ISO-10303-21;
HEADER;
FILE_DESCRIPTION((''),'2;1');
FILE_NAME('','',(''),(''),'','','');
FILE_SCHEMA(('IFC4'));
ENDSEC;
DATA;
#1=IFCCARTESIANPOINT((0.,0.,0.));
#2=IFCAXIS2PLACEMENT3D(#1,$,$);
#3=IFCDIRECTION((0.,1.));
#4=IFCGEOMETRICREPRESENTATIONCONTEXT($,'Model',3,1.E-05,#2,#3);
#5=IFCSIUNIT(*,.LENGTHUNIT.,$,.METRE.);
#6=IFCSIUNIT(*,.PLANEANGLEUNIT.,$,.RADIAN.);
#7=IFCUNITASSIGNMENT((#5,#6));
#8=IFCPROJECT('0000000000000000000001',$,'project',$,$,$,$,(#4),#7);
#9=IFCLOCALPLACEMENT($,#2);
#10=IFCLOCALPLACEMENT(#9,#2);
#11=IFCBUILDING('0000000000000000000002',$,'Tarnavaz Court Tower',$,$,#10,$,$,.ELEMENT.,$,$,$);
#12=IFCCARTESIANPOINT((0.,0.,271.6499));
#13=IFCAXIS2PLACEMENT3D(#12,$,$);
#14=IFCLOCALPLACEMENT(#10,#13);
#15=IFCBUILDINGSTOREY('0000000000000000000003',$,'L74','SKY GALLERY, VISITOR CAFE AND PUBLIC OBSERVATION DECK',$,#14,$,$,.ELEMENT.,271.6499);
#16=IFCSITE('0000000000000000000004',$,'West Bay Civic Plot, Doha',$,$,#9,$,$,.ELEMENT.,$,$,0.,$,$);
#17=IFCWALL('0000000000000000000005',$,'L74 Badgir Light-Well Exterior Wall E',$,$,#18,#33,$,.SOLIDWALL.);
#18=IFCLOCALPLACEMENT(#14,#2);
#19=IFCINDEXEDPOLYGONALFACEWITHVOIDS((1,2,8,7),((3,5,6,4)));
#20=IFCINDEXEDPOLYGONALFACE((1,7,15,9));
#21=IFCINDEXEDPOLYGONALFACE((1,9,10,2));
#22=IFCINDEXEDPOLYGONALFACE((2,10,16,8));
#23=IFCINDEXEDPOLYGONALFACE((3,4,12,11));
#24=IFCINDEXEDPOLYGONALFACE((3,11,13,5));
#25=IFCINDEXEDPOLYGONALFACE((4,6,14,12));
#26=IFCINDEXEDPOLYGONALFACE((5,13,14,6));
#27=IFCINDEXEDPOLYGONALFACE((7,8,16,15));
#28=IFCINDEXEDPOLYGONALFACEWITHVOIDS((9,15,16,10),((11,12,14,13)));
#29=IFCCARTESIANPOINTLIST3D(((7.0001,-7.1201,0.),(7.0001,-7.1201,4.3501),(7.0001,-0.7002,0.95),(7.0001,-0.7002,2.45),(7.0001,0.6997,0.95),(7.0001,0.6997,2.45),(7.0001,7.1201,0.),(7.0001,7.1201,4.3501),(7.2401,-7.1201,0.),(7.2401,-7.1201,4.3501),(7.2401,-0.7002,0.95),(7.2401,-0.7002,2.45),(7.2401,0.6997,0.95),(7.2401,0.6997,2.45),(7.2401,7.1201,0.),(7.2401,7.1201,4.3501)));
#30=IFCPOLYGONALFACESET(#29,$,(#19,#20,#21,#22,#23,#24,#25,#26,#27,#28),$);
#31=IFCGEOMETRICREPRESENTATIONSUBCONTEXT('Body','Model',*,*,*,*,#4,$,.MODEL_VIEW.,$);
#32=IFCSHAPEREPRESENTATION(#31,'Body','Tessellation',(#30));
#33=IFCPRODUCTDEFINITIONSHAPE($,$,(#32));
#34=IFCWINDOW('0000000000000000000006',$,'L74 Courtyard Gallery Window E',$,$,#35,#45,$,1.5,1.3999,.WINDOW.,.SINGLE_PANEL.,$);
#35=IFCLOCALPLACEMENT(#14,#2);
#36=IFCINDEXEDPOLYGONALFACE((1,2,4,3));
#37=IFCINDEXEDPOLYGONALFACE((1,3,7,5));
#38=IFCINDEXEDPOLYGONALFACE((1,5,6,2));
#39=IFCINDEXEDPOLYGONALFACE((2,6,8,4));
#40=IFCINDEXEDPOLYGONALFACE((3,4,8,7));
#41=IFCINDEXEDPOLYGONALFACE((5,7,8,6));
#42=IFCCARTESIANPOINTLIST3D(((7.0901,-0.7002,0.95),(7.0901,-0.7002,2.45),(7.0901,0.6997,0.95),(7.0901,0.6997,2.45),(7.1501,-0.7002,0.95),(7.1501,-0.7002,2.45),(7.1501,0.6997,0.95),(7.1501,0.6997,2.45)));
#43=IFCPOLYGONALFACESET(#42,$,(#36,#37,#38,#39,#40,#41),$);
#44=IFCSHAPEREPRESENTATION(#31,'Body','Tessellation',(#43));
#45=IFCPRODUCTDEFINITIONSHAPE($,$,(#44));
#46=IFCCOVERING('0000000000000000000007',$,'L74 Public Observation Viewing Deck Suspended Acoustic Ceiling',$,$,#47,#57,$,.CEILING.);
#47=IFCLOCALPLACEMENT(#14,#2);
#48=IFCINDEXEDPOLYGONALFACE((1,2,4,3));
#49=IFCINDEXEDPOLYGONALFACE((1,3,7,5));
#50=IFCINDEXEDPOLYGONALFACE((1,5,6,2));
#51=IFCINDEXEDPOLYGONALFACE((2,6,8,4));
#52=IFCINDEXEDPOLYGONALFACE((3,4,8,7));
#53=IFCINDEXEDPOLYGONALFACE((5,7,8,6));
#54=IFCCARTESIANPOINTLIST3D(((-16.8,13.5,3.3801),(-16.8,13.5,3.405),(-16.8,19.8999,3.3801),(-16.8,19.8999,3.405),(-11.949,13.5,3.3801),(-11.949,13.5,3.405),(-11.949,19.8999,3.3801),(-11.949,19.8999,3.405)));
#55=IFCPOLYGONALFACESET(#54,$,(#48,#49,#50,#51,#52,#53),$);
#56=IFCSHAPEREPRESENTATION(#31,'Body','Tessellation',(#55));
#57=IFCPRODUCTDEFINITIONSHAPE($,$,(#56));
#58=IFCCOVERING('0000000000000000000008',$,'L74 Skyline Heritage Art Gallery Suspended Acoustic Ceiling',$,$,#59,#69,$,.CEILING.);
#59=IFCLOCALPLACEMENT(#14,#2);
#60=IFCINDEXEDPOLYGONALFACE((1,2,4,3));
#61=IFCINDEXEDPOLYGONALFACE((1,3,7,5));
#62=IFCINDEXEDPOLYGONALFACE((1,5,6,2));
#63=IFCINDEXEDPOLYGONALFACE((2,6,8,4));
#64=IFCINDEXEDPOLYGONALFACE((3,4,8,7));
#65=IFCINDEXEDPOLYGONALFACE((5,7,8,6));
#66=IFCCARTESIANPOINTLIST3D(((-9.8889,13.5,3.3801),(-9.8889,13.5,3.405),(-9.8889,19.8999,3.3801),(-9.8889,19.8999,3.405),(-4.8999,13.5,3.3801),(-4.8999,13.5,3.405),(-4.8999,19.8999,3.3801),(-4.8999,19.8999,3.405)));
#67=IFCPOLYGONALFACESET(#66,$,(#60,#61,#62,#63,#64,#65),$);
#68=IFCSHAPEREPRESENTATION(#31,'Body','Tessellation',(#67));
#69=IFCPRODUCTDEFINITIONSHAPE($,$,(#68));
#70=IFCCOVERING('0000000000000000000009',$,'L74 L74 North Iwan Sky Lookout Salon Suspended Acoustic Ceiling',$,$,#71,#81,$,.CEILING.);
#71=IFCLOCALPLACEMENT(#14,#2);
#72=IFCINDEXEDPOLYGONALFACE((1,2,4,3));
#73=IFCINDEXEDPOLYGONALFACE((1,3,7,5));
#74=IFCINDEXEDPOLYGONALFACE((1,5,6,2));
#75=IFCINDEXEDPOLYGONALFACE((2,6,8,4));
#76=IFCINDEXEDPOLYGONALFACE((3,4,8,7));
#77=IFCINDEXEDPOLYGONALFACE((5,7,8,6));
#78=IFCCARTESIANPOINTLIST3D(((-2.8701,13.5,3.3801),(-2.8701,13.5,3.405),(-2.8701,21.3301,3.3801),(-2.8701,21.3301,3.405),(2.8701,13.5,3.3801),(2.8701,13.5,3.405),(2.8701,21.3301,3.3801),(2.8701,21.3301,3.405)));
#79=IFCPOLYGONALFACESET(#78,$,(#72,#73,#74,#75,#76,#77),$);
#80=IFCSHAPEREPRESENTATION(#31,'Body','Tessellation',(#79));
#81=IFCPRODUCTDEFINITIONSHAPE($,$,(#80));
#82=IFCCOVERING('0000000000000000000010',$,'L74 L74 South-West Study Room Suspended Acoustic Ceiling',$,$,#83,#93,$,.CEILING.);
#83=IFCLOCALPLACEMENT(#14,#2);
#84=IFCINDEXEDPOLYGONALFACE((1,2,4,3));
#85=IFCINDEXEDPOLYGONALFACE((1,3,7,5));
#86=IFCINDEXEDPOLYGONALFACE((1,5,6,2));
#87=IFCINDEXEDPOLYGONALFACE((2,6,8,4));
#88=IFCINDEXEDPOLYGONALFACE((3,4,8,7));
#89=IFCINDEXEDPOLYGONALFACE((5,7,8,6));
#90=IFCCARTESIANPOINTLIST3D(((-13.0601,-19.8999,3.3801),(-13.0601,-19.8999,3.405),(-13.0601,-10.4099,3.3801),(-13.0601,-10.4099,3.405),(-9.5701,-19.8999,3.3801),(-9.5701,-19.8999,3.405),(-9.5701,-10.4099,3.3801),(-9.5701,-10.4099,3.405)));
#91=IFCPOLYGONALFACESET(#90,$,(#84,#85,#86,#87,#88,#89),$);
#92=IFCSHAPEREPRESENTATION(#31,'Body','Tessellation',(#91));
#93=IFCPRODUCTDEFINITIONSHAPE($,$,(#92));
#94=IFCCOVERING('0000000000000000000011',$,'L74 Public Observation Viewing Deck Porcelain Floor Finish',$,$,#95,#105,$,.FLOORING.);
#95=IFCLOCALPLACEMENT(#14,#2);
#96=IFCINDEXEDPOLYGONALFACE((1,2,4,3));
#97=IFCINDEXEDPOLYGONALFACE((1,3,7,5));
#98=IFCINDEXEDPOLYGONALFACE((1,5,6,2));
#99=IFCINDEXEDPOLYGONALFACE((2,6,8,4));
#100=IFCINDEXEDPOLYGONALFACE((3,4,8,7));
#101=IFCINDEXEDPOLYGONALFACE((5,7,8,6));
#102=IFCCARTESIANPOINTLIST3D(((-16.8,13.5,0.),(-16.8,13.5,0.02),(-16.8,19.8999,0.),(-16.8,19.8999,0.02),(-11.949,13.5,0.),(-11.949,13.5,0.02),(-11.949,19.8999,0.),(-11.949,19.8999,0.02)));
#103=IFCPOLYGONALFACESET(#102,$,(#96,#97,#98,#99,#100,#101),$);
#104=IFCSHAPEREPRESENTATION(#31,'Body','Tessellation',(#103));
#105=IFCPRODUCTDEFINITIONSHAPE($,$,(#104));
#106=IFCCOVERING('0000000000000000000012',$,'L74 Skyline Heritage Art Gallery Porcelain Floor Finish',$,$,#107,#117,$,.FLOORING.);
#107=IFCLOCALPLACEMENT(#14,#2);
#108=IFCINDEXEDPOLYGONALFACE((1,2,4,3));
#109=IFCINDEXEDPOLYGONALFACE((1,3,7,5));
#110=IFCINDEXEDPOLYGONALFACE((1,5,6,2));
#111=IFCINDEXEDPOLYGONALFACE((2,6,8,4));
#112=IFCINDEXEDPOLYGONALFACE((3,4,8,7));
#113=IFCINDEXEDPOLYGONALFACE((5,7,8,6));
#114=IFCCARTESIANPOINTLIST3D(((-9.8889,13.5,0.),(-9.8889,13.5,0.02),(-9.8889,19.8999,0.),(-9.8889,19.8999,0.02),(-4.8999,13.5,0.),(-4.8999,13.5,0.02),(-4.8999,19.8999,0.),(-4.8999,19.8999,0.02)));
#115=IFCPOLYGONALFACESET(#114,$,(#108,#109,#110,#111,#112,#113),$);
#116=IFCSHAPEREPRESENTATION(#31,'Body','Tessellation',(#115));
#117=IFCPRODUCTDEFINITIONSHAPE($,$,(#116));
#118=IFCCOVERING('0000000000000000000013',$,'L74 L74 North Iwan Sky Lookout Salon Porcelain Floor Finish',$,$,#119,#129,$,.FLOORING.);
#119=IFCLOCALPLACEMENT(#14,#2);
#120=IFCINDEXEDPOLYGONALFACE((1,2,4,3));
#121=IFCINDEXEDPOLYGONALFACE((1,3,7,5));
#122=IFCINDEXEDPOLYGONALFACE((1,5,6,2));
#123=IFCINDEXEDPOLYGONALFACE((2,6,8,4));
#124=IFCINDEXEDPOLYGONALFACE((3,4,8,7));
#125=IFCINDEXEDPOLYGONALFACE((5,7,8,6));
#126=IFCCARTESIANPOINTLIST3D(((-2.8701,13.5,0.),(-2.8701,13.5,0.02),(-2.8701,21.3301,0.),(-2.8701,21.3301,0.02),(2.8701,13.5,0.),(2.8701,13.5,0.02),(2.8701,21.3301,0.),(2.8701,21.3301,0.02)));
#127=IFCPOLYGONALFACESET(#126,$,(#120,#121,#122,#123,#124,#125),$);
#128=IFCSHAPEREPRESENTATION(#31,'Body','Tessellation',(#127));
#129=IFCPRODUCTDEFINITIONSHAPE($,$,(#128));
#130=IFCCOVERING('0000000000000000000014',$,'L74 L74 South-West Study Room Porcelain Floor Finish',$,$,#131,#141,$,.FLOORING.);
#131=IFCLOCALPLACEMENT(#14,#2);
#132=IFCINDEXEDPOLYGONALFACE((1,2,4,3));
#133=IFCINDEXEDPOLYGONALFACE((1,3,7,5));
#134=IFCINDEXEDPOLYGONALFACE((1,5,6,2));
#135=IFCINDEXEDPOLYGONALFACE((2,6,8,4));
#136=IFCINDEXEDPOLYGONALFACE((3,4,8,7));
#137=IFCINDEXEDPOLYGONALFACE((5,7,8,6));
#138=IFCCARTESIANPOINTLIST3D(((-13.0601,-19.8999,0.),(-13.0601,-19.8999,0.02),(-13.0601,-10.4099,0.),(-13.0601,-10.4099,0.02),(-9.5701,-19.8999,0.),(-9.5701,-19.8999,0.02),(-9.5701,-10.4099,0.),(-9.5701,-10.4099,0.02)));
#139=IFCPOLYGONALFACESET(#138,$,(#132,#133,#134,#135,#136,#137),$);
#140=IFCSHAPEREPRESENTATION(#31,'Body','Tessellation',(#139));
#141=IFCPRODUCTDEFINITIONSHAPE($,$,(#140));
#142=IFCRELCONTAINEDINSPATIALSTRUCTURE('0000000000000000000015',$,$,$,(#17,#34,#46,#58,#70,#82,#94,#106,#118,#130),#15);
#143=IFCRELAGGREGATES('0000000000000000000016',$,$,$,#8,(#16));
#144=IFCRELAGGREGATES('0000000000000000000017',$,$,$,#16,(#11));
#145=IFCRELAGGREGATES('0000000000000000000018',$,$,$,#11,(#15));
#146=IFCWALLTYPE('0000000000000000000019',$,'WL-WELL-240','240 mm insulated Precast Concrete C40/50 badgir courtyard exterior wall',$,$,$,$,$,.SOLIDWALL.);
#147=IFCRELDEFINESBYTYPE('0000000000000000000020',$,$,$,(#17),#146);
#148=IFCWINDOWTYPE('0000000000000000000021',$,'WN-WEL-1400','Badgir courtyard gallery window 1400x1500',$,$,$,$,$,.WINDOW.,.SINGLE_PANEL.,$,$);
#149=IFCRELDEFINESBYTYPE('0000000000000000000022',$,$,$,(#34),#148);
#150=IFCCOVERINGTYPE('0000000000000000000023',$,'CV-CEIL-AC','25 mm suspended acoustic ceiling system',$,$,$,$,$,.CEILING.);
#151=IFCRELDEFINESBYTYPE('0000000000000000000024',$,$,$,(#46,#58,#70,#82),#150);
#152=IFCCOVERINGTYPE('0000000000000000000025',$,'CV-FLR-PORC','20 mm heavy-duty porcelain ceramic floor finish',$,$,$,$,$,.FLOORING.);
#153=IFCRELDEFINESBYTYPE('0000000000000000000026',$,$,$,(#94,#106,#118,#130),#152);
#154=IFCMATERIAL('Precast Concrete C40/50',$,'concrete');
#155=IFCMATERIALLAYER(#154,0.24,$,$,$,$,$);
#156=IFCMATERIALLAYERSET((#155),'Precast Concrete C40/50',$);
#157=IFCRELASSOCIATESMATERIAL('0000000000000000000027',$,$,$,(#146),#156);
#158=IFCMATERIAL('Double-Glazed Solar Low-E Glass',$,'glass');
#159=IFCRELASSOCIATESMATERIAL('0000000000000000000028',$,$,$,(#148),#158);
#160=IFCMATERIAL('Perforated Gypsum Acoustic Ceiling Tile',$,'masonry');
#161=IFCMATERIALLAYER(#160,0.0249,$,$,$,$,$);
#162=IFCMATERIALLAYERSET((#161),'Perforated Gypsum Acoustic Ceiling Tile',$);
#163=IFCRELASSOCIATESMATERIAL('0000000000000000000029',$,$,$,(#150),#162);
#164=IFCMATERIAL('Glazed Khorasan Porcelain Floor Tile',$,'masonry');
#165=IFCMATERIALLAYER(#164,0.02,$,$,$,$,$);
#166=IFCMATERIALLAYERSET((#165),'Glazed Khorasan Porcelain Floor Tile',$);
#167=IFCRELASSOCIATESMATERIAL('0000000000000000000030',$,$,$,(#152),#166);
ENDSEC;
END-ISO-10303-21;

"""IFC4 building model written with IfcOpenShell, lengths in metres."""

from ifc_helpers import new_model, si_unit, direction, frame, frame_2d, origin, place, context, subcontext, project, spatial, polyline, rectangle, outline, extrude, material, layer, layer_set, type_object, element, fill, save


model = new_model("IFC4")

# Units and contexts
model_context = context("Model", 3, precision=1e-05, world=origin(), true_north=direction((0.0, 1.0)))
body_context = subcontext(model_context, "Body", "Model", "MODEL_VIEW")
ifc_project = project(units=[si_unit("LENGTHUNIT", "METRE"), si_unit("PLANEANGLEUNIT", "RADIAN")], contexts=[model_context])

# Site, building, storey
site_placement = place(None, origin())
site = spatial("IfcSite", under=ifc_project, at=site_placement, Name="West Bay Civic Plot, Doha", CompositionType="ELEMENT", RefElevation=0.0)
building_placement = place(site_placement, origin())
building = spatial("IfcBuilding", under=site, at=building_placement, Name="Tarnavaz Court Tower", CompositionType="ELEMENT")
storey_placement = place(building_placement, frame((0.0, 0.0, 271.6499)))
storey = spatial("IfcBuildingStorey", under=building, at=storey_placement, Name="L74", Description="SKY GALLERY, VISITOR CAFE AND PUBLIC OBSERVATION DECK", CompositionType="ELEMENT", Elevation=271.6499)

# Wall, opening, window
ifc_material_1 = material(Name="Precast Concrete C40/50", Category="concrete")
ifc_layer_1 = layer(ifc_material_1, 0.24)
ifc_layer_set_1 = layer_set([ifc_layer_1], Name="Precast Concrete C40/50")
wall_type_1 = type_object("IfcWallType", Name="WL-WELL-240", Description="240 mm insulated Precast Concrete C40/50 badgir courtyard exterior wall", PredefinedType="SOLIDWALL", material=ifc_layer_set_1)
wall_1_placement = place(storey_placement, frame((7.1201, -7.1201, 0.0), z_axis=(0.0, 0.0, 1.0), x_axis=(0.0, 1.0, 0.0)))
wall_1 = element("IfcWall", 1, at=wall_1_placement, inside=storey, type_object=wall_type_1, Name="L74 Badgir Light-Well Exterior Wall E", PredefinedType="SOLIDWALL", context=body_context, shape_type="SweptSolid", body=[
    extrude(rectangle(XDim=14.2402, YDim=0.24, at=frame_2d((7.1201, 0.0))), origin(), (0.0, 0.0, 1.0), 4.3501),
])
opening_1_placement = place(wall_1_placement, frame((6.4199, 0.0, 0.95)))
opening_1 = element("IfcOpeningElement", 2, at=opening_1_placement, cuts=wall_1, PredefinedType="OPENING", context=body_context, shape_type="SweptSolid", body=[
    extrude(rectangle(XDim=1.3999, YDim=1.5, at=frame_2d((0.7, 0.75))), frame((0.0, 0.1299, 0.0), z_axis=(0.0, -1.0, 0.0), x_axis=(1.0, 0.0, 0.0)), (0.0, 0.0, 1.0), 0.26),
])
ifc_material_2 = material(Name="Double-Glazed Solar Low-E Glass", Category="glass")
window_type = type_object("IfcWindowType", Name="WN-WEL-1400", Description="Badgir courtyard gallery window 1400x1500", PartitioningType="SINGLE_PANEL", PredefinedType="WINDOW", material=ifc_material_2)
window_placement = place(opening_1_placement, origin())
window = element("IfcWindow", 3, at=window_placement, inside=storey, type_object=window_type, Name="L74 Courtyard Gallery Window E", OverallHeight=1.5, OverallWidth=1.3999, PartitioningType="SINGLE_PANEL", PredefinedType="WINDOW", context=body_context, shape_type="SweptSolid", body=[
    extrude(rectangle(XDim=1.3999, YDim=1.5, at=frame_2d((0.7, 0.75))), frame((0.0, 0.03, 0.0), z_axis=(0.0, -1.0, 0.0), x_axis=(1.0, 0.0, 0.0)), (0.0, 0.0, 1.0), 0.0601),
])
fill(opening_1, window)

# Coverings
ifc_material_3 = material(Name="Perforated Gypsum Acoustic Ceiling Tile", Category="masonry")
ifc_layer_2 = layer(ifc_material_3, 0.0249)
ifc_layer_set_2 = layer_set([ifc_layer_2], Name="Perforated Gypsum Acoustic Ceiling Tile")
covering_type_1 = type_object("IfcCoveringType", Name="CV-CEIL-AC", Description="25 mm suspended acoustic ceiling system", PredefinedType="CEILING", material=ifc_layer_set_2)
covering_1_placement = place(storey_placement, frame((0.0, 0.0, 3.3801)))
element("IfcCovering", 4, at=covering_1_placement, inside=storey, type_object=covering_type_1, Name="L74 Public Observation Viewing Deck Suspended Acoustic Ceiling", PredefinedType="CEILING", context=body_context, shape_type="SweptSolid", body=[
    extrude(outline(polyline([(-16.8, 13.5), (-11.949, 13.5), (-11.949, 19.8999), (-16.8, 19.8999), (-16.8, 13.5)])), origin(), (0.0, 0.0, 1.0), 0.0249),
])
covering_2_placement = place(storey_placement, frame((0.0, 0.0, 3.3801)))
element("IfcCovering", 5, at=covering_2_placement, inside=storey, type_object=covering_type_1, Name="L74 Skyline Heritage Art Gallery Suspended Acoustic Ceiling", PredefinedType="CEILING", context=body_context, shape_type="SweptSolid", body=[
    extrude(outline(polyline([(-9.8889, 13.5), (-4.8999, 13.5), (-4.8999, 19.8999), (-9.8889, 19.8999), (-9.8889, 13.5)])), origin(), (0.0, 0.0, 1.0), 0.0249),
])
covering_3_placement = place(storey_placement, frame((0.0, 0.0, 3.3801)))
element("IfcCovering", 6, at=covering_3_placement, inside=storey, type_object=covering_type_1, Name="L74 L74 North Iwan Sky Lookout Salon Suspended Acoustic Ceiling", PredefinedType="CEILING", context=body_context, shape_type="SweptSolid", body=[
    extrude(outline(polyline([(-2.8701, 13.5), (2.8701, 13.5), (2.8701, 21.3301), (-2.8701, 21.3301), (-2.8701, 13.5)])), origin(), (0.0, 0.0, 1.0), 0.0249),
])
covering_4_placement = place(storey_placement, frame((0.0, 0.0, 3.3801)))
element("IfcCovering", 7, at=covering_4_placement, inside=storey, type_object=covering_type_1, Name="L74 L74 South-West Study Room Suspended Acoustic Ceiling", PredefinedType="CEILING", context=body_context, shape_type="SweptSolid", body=[
    extrude(outline(polyline([(-13.0601, -19.8999), (-9.5701, -19.8999), (-9.5701, -10.4099), (-13.0601, -10.4099), (-13.0601, -19.8999)])), origin(), (0.0, 0.0, 1.0), 0.0249),
])
ifc_material_4 = material(Name="Glazed Khorasan Porcelain Floor Tile", Category="masonry")
ifc_layer_3 = layer(ifc_material_4, 0.02)
ifc_layer_set_3 = layer_set([ifc_layer_3], Name="Glazed Khorasan Porcelain Floor Tile")
covering_type_2 = type_object("IfcCoveringType", Name="CV-FLR-PORC", Description="20 mm heavy-duty porcelain ceramic floor finish", PredefinedType="FLOORING", material=ifc_layer_set_3)
covering_5_placement = place(storey_placement, origin())
element("IfcCovering", 8, at=covering_5_placement, inside=storey, type_object=covering_type_2, Name="L74 Public Observation Viewing Deck Porcelain Floor Finish", PredefinedType="FLOORING", context=body_context, shape_type="SweptSolid", body=[
    extrude(outline(polyline([(-16.8, 13.5), (-11.949, 13.5), (-11.949, 19.8999), (-16.8, 19.8999), (-16.8, 13.5)])), origin(), (0.0, 0.0, 1.0), 0.02),
])
covering_6_placement = place(storey_placement, origin())
element("IfcCovering", 9, at=covering_6_placement, inside=storey, type_object=covering_type_2, Name="L74 Skyline Heritage Art Gallery Porcelain Floor Finish", PredefinedType="FLOORING", context=body_context, shape_type="SweptSolid", body=[
    extrude(outline(polyline([(-9.8889, 13.5), (-4.8999, 13.5), (-4.8999, 19.8999), (-9.8889, 19.8999), (-9.8889, 13.5)])), origin(), (0.0, 0.0, 1.0), 0.02),
])
covering_7_placement = place(storey_placement, origin())
element("IfcCovering", 10, at=covering_7_placement, inside=storey, type_object=covering_type_2, Name="L74 L74 North Iwan Sky Lookout Salon Porcelain Floor Finish", PredefinedType="FLOORING", context=body_context, shape_type="SweptSolid", body=[
    extrude(outline(polyline([(-2.8701, 13.5), (2.8701, 13.5), (2.8701, 21.3301), (-2.8701, 21.3301), (-2.8701, 13.5)])), origin(), (0.0, 0.0, 1.0), 0.02),
])
covering_8_placement = place(storey_placement, origin())
element("IfcCovering", 11, at=covering_8_placement, inside=storey, type_object=covering_type_2, Name="L74 L74 South-West Study Room Porcelain Floor Finish", PredefinedType="FLOORING", context=body_context, shape_type="SweptSolid", body=[
    extrude(outline(polyline([(-13.0601, -19.8999), (-9.5701, -19.8999), (-9.5701, -10.4099), (-13.0601, -10.4099), (-13.0601, -19.8999)])), origin(), (0.0, 0.0, 1.0), 0.02),
])

save(model, "model.ifc")
